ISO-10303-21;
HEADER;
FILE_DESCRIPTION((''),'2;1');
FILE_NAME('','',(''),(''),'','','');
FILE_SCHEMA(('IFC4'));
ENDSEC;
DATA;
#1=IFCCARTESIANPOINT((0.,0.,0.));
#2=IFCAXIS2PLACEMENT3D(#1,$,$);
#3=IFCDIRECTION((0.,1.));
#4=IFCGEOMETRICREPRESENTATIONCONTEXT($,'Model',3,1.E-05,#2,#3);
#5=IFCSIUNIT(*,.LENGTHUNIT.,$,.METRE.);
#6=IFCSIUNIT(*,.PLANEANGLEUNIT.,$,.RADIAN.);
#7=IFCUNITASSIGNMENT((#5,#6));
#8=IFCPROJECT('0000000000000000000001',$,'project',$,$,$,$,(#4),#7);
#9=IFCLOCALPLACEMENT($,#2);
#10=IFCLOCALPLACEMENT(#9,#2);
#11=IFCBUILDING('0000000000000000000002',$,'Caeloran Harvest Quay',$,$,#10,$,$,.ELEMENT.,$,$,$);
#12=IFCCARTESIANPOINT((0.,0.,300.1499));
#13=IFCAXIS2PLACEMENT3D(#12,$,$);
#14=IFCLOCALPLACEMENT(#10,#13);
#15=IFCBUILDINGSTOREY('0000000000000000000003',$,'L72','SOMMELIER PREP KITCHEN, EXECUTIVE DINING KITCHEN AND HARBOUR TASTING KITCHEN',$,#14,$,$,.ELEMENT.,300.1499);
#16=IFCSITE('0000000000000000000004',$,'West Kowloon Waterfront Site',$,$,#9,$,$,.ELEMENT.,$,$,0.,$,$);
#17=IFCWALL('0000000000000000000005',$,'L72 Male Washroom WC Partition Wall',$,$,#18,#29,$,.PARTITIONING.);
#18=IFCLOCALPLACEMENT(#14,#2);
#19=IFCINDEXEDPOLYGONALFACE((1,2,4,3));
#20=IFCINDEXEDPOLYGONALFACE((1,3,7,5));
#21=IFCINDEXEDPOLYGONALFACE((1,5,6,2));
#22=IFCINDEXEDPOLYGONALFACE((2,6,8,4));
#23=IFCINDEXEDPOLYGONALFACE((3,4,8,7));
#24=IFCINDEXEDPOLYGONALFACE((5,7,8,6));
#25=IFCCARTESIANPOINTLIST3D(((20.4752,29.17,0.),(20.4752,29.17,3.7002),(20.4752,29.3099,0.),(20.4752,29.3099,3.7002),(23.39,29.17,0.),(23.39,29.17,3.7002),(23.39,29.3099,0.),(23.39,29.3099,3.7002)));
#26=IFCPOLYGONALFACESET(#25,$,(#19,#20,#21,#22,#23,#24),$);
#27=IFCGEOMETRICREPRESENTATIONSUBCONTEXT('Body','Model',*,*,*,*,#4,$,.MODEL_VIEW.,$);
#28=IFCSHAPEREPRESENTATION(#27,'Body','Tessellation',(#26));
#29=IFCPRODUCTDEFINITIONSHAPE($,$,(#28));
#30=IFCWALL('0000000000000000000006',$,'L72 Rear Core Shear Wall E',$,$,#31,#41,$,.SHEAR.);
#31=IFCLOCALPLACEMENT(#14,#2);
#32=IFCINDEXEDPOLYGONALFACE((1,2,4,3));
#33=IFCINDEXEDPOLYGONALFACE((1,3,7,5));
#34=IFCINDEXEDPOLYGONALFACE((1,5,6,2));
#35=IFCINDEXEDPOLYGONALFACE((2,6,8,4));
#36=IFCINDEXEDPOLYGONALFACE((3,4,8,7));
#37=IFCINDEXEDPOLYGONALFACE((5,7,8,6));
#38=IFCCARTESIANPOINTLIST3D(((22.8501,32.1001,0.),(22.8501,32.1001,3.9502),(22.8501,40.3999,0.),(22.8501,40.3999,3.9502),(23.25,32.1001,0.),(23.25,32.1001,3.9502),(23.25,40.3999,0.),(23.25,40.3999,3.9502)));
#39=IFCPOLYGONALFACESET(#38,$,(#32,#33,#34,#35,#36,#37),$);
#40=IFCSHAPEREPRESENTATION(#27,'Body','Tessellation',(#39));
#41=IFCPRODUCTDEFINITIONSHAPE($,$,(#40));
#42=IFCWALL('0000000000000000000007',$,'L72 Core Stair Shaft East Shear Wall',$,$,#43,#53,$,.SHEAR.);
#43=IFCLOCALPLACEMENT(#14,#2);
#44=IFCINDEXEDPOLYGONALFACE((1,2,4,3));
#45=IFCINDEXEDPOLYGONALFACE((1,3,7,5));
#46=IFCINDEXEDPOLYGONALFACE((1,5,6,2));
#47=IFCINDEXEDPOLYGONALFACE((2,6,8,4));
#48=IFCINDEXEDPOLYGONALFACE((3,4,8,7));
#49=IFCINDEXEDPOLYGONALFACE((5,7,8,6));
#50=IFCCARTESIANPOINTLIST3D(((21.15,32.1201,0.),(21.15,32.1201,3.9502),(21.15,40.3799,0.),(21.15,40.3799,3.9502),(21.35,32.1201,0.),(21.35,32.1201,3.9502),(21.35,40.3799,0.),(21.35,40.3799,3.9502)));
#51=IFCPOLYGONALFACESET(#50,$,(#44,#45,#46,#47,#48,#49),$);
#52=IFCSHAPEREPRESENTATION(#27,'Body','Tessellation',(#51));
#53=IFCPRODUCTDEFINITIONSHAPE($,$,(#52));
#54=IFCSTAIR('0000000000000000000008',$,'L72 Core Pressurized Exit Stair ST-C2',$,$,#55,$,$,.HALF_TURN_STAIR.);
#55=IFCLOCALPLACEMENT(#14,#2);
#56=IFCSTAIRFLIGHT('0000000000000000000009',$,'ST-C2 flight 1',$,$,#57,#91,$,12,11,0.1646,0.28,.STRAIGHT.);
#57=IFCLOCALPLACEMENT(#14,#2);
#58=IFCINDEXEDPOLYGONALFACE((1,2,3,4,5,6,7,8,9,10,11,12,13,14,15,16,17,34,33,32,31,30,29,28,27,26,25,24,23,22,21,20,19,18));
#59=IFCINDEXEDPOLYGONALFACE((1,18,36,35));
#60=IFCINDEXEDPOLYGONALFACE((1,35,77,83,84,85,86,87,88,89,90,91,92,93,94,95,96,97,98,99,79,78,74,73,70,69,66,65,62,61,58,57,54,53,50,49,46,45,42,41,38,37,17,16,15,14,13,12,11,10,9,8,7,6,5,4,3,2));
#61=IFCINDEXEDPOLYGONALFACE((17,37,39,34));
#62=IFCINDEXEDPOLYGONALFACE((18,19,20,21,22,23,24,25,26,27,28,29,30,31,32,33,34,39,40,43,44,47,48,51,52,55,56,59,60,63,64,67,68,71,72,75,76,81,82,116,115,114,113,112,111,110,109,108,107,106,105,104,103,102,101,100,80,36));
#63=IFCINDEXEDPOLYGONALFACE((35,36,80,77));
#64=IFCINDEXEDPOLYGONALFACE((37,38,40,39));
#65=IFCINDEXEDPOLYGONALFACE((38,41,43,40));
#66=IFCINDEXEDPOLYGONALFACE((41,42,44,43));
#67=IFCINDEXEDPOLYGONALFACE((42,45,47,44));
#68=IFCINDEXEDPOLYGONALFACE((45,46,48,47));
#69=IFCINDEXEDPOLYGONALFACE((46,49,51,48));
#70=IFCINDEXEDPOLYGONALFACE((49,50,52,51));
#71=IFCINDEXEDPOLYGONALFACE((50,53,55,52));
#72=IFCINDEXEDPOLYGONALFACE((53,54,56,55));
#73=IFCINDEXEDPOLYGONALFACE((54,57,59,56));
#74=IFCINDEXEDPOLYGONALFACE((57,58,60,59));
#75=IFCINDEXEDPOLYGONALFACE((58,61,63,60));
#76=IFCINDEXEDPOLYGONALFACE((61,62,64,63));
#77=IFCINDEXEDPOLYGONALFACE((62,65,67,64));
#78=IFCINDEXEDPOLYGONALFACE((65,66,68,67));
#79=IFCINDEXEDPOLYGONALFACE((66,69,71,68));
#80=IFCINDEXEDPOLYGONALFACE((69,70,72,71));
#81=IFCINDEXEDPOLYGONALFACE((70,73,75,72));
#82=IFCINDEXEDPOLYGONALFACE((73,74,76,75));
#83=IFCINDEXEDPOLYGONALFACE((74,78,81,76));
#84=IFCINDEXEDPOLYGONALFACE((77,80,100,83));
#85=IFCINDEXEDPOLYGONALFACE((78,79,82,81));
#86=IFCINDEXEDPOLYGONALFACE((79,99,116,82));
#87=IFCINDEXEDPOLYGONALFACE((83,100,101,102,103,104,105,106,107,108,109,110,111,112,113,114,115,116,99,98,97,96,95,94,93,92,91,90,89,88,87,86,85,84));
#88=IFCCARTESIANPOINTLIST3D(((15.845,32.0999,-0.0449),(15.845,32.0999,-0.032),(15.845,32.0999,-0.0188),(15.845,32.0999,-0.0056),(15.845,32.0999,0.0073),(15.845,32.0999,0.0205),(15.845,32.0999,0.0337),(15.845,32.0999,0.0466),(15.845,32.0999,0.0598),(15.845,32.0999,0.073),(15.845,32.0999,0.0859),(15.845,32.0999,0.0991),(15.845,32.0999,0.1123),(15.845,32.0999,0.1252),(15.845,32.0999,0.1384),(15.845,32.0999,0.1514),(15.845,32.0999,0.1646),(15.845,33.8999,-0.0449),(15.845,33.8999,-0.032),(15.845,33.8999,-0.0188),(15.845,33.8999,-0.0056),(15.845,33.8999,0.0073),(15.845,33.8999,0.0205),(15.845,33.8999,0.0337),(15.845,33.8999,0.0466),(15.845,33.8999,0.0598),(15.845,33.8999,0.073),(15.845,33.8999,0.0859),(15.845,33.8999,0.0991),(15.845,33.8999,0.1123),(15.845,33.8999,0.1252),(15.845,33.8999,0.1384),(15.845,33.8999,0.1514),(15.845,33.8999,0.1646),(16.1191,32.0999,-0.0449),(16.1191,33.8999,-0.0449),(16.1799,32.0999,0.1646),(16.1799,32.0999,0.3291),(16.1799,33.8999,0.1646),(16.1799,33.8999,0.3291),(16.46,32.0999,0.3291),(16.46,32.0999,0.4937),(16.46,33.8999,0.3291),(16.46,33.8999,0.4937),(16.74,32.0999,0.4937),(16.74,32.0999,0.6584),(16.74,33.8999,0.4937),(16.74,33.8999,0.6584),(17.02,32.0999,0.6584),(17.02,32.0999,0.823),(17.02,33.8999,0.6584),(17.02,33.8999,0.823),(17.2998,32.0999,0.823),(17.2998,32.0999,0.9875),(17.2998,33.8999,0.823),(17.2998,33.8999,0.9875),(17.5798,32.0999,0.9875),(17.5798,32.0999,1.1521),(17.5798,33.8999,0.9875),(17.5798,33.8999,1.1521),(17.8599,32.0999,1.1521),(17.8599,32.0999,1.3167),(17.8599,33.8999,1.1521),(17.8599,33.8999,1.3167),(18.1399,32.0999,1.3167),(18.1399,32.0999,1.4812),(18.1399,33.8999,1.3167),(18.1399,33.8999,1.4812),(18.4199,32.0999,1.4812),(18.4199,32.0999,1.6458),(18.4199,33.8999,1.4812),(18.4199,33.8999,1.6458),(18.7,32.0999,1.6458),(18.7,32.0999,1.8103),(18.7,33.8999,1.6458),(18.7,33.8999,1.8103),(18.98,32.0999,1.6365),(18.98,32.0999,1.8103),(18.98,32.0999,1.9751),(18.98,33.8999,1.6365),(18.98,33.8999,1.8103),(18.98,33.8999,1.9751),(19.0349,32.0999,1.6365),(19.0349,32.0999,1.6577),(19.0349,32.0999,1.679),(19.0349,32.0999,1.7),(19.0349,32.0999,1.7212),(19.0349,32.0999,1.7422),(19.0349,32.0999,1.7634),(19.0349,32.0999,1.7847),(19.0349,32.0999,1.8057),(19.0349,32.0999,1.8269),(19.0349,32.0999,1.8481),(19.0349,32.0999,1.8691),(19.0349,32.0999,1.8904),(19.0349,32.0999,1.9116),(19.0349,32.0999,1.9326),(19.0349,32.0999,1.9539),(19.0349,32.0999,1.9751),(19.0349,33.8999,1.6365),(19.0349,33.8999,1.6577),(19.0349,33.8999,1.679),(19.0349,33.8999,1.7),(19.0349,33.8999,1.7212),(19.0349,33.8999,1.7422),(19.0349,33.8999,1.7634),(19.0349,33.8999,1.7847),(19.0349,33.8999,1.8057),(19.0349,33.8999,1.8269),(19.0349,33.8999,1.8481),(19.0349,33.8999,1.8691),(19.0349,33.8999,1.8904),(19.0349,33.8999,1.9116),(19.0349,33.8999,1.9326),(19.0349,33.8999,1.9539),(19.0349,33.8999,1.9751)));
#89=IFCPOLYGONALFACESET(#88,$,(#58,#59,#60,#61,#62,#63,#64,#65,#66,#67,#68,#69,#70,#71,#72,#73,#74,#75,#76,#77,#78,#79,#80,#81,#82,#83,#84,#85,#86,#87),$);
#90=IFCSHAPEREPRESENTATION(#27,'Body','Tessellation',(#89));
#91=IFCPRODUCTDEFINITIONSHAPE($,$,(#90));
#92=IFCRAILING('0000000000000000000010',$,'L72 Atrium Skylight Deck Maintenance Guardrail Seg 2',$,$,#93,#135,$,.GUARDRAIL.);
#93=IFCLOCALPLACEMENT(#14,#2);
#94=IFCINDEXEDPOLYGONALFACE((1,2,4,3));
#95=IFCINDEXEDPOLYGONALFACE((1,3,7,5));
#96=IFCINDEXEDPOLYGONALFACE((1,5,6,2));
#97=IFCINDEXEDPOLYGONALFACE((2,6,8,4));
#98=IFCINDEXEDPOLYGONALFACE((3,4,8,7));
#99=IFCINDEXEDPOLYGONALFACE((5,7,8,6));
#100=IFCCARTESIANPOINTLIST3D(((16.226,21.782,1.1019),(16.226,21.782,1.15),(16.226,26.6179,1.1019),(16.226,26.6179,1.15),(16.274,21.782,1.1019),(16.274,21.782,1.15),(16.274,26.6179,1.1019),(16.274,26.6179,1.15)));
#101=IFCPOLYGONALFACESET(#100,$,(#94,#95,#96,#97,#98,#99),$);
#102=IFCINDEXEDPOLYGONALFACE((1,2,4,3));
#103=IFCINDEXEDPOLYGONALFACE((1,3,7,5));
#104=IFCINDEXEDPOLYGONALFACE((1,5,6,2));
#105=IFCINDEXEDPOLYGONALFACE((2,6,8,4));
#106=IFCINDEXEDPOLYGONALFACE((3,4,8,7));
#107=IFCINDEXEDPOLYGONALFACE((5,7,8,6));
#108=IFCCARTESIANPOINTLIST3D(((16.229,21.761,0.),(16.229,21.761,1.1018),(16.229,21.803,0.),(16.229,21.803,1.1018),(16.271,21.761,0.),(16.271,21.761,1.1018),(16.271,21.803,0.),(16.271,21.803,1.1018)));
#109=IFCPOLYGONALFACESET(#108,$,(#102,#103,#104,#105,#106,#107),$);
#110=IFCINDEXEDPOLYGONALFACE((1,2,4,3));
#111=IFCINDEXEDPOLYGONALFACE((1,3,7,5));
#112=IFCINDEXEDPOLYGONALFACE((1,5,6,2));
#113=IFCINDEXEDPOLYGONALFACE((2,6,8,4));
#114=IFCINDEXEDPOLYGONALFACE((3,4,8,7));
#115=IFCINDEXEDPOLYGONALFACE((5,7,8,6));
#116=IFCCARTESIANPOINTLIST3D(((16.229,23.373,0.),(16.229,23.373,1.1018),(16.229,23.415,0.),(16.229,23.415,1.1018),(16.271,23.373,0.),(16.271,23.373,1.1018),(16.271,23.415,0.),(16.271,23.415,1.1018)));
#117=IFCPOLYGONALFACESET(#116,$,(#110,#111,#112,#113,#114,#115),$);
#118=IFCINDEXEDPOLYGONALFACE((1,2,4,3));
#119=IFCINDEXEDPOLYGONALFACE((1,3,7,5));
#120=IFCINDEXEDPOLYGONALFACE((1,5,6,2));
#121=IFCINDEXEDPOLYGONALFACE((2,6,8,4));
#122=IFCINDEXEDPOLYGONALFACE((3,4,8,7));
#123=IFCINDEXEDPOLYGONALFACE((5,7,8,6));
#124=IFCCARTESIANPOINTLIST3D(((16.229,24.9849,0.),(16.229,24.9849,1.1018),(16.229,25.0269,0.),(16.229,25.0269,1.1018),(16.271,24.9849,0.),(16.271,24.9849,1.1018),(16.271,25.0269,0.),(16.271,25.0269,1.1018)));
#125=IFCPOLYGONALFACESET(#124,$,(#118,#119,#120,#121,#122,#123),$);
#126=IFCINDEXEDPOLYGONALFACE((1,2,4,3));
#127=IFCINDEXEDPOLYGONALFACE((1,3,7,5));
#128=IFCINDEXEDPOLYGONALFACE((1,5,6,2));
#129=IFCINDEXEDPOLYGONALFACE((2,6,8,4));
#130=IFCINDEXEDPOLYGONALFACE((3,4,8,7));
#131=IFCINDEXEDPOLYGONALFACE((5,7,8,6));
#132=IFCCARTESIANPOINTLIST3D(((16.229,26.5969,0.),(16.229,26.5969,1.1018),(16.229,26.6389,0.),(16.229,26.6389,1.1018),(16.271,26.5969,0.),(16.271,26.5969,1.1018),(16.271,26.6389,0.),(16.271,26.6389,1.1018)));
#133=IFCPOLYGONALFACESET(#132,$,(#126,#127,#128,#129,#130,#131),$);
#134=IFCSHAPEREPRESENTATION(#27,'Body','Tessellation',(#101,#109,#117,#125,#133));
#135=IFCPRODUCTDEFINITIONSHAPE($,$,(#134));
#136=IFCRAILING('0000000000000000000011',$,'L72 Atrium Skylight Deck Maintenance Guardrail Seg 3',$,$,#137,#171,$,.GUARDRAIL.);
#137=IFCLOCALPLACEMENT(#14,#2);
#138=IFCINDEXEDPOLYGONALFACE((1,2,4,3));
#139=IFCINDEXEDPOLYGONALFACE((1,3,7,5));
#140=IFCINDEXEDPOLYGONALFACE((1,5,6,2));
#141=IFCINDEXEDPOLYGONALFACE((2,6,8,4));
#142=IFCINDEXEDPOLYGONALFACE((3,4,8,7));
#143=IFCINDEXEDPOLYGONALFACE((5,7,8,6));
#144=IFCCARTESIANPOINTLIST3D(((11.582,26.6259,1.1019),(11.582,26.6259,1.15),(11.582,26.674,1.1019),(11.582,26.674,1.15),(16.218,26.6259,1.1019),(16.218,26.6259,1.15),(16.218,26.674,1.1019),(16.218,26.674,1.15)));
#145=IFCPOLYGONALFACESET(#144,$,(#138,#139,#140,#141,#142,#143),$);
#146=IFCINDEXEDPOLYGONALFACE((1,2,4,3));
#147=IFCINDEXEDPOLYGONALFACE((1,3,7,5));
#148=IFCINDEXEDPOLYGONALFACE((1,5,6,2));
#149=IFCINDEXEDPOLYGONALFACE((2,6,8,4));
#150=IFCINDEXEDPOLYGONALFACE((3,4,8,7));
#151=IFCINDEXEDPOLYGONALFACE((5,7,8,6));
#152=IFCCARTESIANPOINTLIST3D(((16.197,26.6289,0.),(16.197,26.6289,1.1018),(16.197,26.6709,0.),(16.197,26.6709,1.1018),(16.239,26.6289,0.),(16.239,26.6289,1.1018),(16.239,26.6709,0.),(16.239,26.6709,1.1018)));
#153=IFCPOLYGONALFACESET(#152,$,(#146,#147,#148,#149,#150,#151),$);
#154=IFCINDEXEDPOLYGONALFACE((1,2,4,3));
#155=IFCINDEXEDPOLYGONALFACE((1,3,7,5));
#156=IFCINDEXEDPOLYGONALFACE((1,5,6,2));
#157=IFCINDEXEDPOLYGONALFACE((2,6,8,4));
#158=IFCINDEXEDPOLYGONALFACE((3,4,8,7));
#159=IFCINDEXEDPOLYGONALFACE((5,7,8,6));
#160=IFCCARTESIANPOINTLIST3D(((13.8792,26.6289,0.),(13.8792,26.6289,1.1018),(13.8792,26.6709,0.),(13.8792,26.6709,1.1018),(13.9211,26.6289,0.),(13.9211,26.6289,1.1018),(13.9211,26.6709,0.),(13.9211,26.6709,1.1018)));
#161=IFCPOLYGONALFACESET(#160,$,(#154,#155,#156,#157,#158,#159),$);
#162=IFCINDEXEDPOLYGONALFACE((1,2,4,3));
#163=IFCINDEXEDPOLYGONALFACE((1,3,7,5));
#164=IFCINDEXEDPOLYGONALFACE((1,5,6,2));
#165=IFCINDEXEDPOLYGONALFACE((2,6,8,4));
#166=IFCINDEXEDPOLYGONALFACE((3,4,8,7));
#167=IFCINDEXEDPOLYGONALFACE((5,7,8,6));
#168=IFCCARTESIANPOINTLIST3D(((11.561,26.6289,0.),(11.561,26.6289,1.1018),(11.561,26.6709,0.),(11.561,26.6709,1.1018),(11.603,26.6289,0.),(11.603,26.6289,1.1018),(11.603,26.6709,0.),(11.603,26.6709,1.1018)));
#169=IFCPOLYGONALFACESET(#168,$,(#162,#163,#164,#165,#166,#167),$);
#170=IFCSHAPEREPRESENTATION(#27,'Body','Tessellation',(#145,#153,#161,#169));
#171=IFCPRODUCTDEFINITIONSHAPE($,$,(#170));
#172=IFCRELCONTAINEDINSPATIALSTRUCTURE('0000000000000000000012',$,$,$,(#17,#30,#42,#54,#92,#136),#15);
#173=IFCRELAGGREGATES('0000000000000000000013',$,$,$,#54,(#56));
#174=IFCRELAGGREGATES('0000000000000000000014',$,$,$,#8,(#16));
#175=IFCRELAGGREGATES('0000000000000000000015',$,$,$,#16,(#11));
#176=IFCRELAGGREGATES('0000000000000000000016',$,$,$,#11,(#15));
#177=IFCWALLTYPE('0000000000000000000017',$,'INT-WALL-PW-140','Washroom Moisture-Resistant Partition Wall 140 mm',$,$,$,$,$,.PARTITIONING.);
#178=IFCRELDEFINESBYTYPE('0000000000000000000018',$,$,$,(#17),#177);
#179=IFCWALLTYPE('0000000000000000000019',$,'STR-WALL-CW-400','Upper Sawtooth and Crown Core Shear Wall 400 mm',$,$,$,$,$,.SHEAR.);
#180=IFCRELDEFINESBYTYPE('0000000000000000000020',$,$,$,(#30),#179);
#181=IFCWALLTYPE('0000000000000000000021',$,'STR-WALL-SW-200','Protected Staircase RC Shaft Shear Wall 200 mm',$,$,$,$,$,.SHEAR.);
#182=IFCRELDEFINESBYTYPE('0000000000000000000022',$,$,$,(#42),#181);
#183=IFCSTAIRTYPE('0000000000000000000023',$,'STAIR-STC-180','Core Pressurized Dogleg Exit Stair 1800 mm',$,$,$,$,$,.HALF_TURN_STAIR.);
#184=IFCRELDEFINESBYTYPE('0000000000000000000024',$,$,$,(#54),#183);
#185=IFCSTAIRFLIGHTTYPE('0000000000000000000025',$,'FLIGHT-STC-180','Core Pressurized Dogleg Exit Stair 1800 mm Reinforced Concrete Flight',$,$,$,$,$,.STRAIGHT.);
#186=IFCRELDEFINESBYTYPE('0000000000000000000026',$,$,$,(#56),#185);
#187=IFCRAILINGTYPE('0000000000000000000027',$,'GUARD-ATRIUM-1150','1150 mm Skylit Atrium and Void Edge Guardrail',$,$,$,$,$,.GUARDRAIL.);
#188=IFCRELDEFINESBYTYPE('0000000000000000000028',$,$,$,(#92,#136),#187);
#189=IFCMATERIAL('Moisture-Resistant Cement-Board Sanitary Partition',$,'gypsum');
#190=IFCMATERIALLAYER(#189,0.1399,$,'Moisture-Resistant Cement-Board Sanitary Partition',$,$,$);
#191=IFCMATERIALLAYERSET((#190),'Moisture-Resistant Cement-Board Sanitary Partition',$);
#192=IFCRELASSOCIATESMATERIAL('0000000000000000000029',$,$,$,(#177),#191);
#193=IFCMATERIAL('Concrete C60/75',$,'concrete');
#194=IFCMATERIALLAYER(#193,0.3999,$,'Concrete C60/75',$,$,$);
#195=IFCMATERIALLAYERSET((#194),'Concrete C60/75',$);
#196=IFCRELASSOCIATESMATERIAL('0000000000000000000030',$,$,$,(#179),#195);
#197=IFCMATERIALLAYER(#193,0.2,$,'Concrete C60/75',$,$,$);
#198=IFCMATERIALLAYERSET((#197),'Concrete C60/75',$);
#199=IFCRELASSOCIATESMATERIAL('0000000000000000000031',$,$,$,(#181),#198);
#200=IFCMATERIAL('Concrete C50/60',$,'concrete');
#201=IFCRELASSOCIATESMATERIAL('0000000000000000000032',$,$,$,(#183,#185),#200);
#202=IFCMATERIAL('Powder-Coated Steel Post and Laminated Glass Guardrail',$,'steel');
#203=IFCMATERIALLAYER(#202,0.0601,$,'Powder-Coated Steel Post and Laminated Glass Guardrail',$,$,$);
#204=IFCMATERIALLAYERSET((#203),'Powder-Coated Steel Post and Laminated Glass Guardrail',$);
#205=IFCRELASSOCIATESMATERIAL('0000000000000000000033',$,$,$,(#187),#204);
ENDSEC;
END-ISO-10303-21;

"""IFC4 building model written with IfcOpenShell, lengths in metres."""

from ifc_helpers import new_model, si_unit, direction, frame, frame_2d, origin, origin_2d, place, context, subcontext, project, spatial, polyline, rectangle, outline, extrude, material, layer, layer_set, type_object, element, aggregate, save


model = new_model("IFC4")

# Units and contexts
model_context = context("Model", 3, precision=1e-05, world=origin(), true_north=direction((0.0, 1.0)))
body_context = subcontext(model_context, "Body", "Model", "MODEL_VIEW")
ifc_project = project(units=[si_unit("LENGTHUNIT", "METRE"), si_unit("PLANEANGLEUNIT", "RADIAN")], contexts=[model_context])

# Site, building, storey
site_placement = place(None, origin())
site = spatial("IfcSite", under=ifc_project, at=site_placement, Name="West Kowloon Waterfront Site", CompositionType="ELEMENT", RefElevation=0.0)
building_placement = place(site_placement, origin())
building = spatial("IfcBuilding", under=site, at=building_placement, Name="Caeloran Harvest Quay", CompositionType="ELEMENT")
storey_placement = place(building_placement, frame((0.0, 0.0, 300.1499)))
storey = spatial("IfcBuildingStorey", under=building, at=storey_placement, Name="L72", Description="SOMMELIER PREP KITCHEN, EXECUTIVE DINING KITCHEN AND HARBOUR TASTING KITCHEN", CompositionType="ELEMENT", Elevation=300.1499)

# Shared definitions
ifc_material_1 = material(Name="Concrete C60/75", Category="concrete")

# Shared definitions
ifc_material_2 = material(Name="Moisture-Resistant Cement-Board Sanitary Partition", Category="gypsum")
ifc_layer_1 = layer(ifc_material_2, 0.1399, Name="Moisture-Resistant Cement-Board Sanitary Partition")
ifc_layer_set_1 = layer_set([ifc_layer_1], Name="Moisture-Resistant Cement-Board Sanitary Partition")
wall_type_1 = type_object("IfcWallType", Name="INT-WALL-PW-140", Description="Washroom Moisture-Resistant Partition Wall 140 mm", PredefinedType="PARTITIONING", material=ifc_layer_set_1)

# Walls
wall_1_placement = place(storey_placement, frame((20.4751, 29.24, 0.0), z_axis=(0.0, 0.0, 1.0), x_axis=(1.0, 0.0, 0.0)))
element("IfcWall", 1, at=wall_1_placement, inside=storey, type_object=wall_type_1, Name="L72 Male Washroom WC Partition Wall", PredefinedType="PARTITIONING", context=body_context, shape_type="SweptSolid", body=[
    extrude(rectangle(XDim=2.9148, YDim=0.1399, at=frame_2d((1.4575, 0.0))), origin(), (0.0, 0.0, 1.0), 3.7002),
])
ifc_layer_2 = layer(ifc_material_1, 0.3999, Name="Concrete C60/75")
ifc_layer_set_2 = layer_set([ifc_layer_2], Name="Concrete C60/75")
wall_type_2 = type_object("IfcWallType", Name="STR-WALL-CW-400", Description="Upper Sawtooth and Crown Core Shear Wall 400 mm", PredefinedType="SHEAR", material=ifc_layer_set_2)
wall_2_placement = place(storey_placement, frame((23.05, 32.1001, 0.0), z_axis=(0.0, 0.0, 1.0), x_axis=(0.0, 1.0, 0.0)))
element("IfcWall", 2, at=wall_2_placement, inside=storey, type_object=wall_type_2, Name="L72 Rear Core Shear Wall E", PredefinedType="SHEAR", context=body_context, shape_type="SweptSolid", body=[
    extrude(rectangle(XDim=8.2998, YDim=0.3999, at=frame_2d((4.1499, 0.0))), origin(), (0.0, 0.0, 1.0), 3.9502),
])
ifc_layer_3 = layer(ifc_material_1, 0.2, Name="Concrete C60/75")
ifc_layer_set_3 = layer_set([ifc_layer_3], Name="Concrete C60/75")
wall_type_3 = type_object("IfcWallType", Name="STR-WALL-SW-200", Description="Protected Staircase RC Shaft Shear Wall 200 mm", PredefinedType="SHEAR", material=ifc_layer_set_3)
wall_3_placement = place(storey_placement, frame((21.25, 32.1201, 0.0), z_axis=(0.0, 0.0, 1.0), x_axis=(0.0, 1.0, 0.0)))
element("IfcWall", 3, at=wall_3_placement, inside=storey, type_object=wall_type_3, Name="L72 Core Stair Shaft East Shear Wall", PredefinedType="SHEAR", context=body_context, shape_type="SweptSolid", body=[
    extrude(rectangle(XDim=8.2598, YDim=0.2, at=frame_2d((4.1299, 0.0))), origin(), (0.0, 0.0, 1.0), 3.9502),
])

# Stair, stair flight
ifc_material_3 = material(Name="Concrete C50/60", Category="concrete")
stair_type = type_object("IfcStairType", Name="STAIR-STC-180", Description="Core Pressurized Dogleg Exit Stair 1800 mm", PredefinedType="HALF_TURN_STAIR", material=ifc_material_3)
stair_placement = place(storey_placement, origin())
stair = element("IfcStair", 4, at=stair_placement, inside=storey, type_object=stair_type, Name="L72 Core Pressurized Exit Stair ST-C2", PredefinedType="HALF_TURN_STAIR")
stair_flight_type = type_object("IfcStairFlightType", Name="FLIGHT-STC-180", Description="Core Pressurized Dogleg Exit Stair 1800 mm Reinforced Concrete Flight", PredefinedType="STRAIGHT", material=ifc_material_3)
stair_flight_placement = place(storey_placement, frame((15.8999, 33.0, 0.0), z_axis=(0.0, 0.0, 1.0), x_axis=(1.0, 0.0, 0.0)))
stair_flight = element("IfcStairFlight", 5, at=stair_flight_placement, type_object=stair_flight_type, Name="ST-C2 flight 1", NumberOfRisers=12, NumberOfTreads=11, PredefinedType="STRAIGHT", RiserHeight=0.1646, TreadLength=0.28, context=body_context, shape_type="SweptSolid", body=[
    extrude(outline(polyline([(-0.0549, -0.0449), (-0.0549, -0.032), (-0.0549, -0.0188), (-0.0549, -0.0056), (-0.0549, 0.0073), (-0.0549, 0.0205), (-0.0549, 0.0337), (-0.0549, 0.0466), (-0.0549, 0.0598), (-0.0549, 0.073), (-0.0549, 0.0859), (-0.0549, 0.0991), (-0.0549, 0.1123), (-0.0549, 0.1252), (-0.0549, 0.1384), (-0.0549, 0.1514), (-0.0549, 0.1646), (0.28, 0.1646), (0.28, 0.3291), (0.5601, 0.3291), (0.5601, 0.4937), (0.8401, 0.4937), (0.8401, 0.6584), (1.1201, 0.6584), (1.1201, 0.823), (1.3999, 0.823), (1.3999, 0.9875), (1.6799, 0.9875), (1.6799, 1.1521), (1.96, 1.1521), (1.96, 1.3167), (2.24, 1.3167), (2.24, 1.4812), (2.52, 1.4812), (2.52, 1.6458), (2.8, 1.6458), (2.8, 1.8103), (3.0801, 1.8103), (3.0801, 1.9751), (3.135, 1.9751), (3.135, 1.9539), (3.135, 1.9326), (3.135, 1.9116), (3.135, 1.8904), (3.135, 1.8691), (3.135, 1.8481), (3.135, 1.8269), (3.135, 1.8057), (3.135, 1.7847), (3.135, 1.7634), (3.135, 1.7422), (3.135, 1.7212), (3.135, 1.7), (3.135, 1.679), (3.135, 1.6577), (3.135, 1.6365), (3.0801, 1.6365), (0.2192, -0.0449), (-0.0549, -0.0449)])), frame((0.0, 0.8999, 0.0), z_axis=(0.0, -1.0, 0.0), x_axis=(1.0, 0.0, 0.0)), (0.0, 0.0, 1.0), 1.8),
])
aggregate(stair, [stair_flight])

# Railings
ifc_material_4 = material(Name="Powder-Coated Steel Post and Laminated Glass Guardrail", Category="steel")
ifc_layer_4 = layer(ifc_material_4, 0.0601, Name="Powder-Coated Steel Post and Laminated Glass Guardrail")
ifc_layer_set_4 = layer_set([ifc_layer_4], Name="Powder-Coated Steel Post and Laminated Glass Guardrail")
railing_type = type_object("IfcRailingType", Name="GUARD-ATRIUM-1150", Description="1150 mm Skylit Atrium and Void Edge Guardrail", PredefinedType="GUARDRAIL", material=ifc_layer_set_4)
railing_1_placement = place(storey_placement, frame((16.25, 21.782, 0.0)))
element("IfcRailing", 6, at=railing_1_placement, inside=storey, type_object=railing_type, Name="L72 Atrium Skylight Deck Maintenance Guardrail Seg 2", PredefinedType="GUARDRAIL", context=body_context, shape_type="SweptSolid", body=[
    extrude(rectangle(XDim=0.0481, YDim=0.0481, at=origin_2d()), frame((0.0, 0.0, 1.126), z_axis=(0.0, 1.0, 0.0), x_axis=(-1.0, 0.0, 0.0)), (0.0, 0.0, 1.0), 4.8359),
    extrude(rectangle(XDim=0.042, YDim=0.042, at=origin_2d()), origin(), (0.0, 0.0, 1.0), 1.1018),
    extrude(rectangle(XDim=0.042, YDim=0.042, at=origin_2d()), frame((0.0, 1.6121, 0.0)), (0.0, 0.0, 1.0), 1.1018),
    extrude(rectangle(XDim=0.042, YDim=0.042, at=origin_2d()), frame((0.0, 3.2239, 0.0)), (0.0, 0.0, 1.0), 1.1018),
    extrude(rectangle(XDim=0.042, YDim=0.042, at=origin_2d()), frame((0.0, 4.8359, 0.0)), (0.0, 0.0, 1.0), 1.1018),
])
railing_2_placement = place(storey_placement, frame((16.218, 26.6499, 0.0)))
element("IfcRailing", 7, at=railing_2_placement, inside=storey, type_object=railing_type, Name="L72 Atrium Skylight Deck Maintenance Guardrail Seg 3", PredefinedType="GUARDRAIL", context=body_context, shape_type="SweptSolid", body=[
    extrude(rectangle(XDim=0.0481, YDim=0.0481, at=origin_2d()), frame((0.0, 0.0, 1.126), z_axis=(-1.0, 0.0, 0.0), x_axis=(0.0, -1.0, 0.0)), (0.0, 0.0, 1.0), 4.636),
    extrude(rectangle(XDim=0.042, YDim=0.042, at=origin_2d()), origin(), (0.0, 0.0, 1.0), 1.1018),
    extrude(rectangle(XDim=0.042, YDim=0.042, at=origin_2d()), frame((-2.3179, 0.0, 0.0)), (0.0, 0.0, 1.0), 1.1018),
    extrude(rectangle(XDim=0.042, YDim=0.042, at=origin_2d()), frame((-4.636, 0.0, 0.0)), (0.0, 0.0, 1.0), 1.1018),
])

save(model, "model.ifc")
